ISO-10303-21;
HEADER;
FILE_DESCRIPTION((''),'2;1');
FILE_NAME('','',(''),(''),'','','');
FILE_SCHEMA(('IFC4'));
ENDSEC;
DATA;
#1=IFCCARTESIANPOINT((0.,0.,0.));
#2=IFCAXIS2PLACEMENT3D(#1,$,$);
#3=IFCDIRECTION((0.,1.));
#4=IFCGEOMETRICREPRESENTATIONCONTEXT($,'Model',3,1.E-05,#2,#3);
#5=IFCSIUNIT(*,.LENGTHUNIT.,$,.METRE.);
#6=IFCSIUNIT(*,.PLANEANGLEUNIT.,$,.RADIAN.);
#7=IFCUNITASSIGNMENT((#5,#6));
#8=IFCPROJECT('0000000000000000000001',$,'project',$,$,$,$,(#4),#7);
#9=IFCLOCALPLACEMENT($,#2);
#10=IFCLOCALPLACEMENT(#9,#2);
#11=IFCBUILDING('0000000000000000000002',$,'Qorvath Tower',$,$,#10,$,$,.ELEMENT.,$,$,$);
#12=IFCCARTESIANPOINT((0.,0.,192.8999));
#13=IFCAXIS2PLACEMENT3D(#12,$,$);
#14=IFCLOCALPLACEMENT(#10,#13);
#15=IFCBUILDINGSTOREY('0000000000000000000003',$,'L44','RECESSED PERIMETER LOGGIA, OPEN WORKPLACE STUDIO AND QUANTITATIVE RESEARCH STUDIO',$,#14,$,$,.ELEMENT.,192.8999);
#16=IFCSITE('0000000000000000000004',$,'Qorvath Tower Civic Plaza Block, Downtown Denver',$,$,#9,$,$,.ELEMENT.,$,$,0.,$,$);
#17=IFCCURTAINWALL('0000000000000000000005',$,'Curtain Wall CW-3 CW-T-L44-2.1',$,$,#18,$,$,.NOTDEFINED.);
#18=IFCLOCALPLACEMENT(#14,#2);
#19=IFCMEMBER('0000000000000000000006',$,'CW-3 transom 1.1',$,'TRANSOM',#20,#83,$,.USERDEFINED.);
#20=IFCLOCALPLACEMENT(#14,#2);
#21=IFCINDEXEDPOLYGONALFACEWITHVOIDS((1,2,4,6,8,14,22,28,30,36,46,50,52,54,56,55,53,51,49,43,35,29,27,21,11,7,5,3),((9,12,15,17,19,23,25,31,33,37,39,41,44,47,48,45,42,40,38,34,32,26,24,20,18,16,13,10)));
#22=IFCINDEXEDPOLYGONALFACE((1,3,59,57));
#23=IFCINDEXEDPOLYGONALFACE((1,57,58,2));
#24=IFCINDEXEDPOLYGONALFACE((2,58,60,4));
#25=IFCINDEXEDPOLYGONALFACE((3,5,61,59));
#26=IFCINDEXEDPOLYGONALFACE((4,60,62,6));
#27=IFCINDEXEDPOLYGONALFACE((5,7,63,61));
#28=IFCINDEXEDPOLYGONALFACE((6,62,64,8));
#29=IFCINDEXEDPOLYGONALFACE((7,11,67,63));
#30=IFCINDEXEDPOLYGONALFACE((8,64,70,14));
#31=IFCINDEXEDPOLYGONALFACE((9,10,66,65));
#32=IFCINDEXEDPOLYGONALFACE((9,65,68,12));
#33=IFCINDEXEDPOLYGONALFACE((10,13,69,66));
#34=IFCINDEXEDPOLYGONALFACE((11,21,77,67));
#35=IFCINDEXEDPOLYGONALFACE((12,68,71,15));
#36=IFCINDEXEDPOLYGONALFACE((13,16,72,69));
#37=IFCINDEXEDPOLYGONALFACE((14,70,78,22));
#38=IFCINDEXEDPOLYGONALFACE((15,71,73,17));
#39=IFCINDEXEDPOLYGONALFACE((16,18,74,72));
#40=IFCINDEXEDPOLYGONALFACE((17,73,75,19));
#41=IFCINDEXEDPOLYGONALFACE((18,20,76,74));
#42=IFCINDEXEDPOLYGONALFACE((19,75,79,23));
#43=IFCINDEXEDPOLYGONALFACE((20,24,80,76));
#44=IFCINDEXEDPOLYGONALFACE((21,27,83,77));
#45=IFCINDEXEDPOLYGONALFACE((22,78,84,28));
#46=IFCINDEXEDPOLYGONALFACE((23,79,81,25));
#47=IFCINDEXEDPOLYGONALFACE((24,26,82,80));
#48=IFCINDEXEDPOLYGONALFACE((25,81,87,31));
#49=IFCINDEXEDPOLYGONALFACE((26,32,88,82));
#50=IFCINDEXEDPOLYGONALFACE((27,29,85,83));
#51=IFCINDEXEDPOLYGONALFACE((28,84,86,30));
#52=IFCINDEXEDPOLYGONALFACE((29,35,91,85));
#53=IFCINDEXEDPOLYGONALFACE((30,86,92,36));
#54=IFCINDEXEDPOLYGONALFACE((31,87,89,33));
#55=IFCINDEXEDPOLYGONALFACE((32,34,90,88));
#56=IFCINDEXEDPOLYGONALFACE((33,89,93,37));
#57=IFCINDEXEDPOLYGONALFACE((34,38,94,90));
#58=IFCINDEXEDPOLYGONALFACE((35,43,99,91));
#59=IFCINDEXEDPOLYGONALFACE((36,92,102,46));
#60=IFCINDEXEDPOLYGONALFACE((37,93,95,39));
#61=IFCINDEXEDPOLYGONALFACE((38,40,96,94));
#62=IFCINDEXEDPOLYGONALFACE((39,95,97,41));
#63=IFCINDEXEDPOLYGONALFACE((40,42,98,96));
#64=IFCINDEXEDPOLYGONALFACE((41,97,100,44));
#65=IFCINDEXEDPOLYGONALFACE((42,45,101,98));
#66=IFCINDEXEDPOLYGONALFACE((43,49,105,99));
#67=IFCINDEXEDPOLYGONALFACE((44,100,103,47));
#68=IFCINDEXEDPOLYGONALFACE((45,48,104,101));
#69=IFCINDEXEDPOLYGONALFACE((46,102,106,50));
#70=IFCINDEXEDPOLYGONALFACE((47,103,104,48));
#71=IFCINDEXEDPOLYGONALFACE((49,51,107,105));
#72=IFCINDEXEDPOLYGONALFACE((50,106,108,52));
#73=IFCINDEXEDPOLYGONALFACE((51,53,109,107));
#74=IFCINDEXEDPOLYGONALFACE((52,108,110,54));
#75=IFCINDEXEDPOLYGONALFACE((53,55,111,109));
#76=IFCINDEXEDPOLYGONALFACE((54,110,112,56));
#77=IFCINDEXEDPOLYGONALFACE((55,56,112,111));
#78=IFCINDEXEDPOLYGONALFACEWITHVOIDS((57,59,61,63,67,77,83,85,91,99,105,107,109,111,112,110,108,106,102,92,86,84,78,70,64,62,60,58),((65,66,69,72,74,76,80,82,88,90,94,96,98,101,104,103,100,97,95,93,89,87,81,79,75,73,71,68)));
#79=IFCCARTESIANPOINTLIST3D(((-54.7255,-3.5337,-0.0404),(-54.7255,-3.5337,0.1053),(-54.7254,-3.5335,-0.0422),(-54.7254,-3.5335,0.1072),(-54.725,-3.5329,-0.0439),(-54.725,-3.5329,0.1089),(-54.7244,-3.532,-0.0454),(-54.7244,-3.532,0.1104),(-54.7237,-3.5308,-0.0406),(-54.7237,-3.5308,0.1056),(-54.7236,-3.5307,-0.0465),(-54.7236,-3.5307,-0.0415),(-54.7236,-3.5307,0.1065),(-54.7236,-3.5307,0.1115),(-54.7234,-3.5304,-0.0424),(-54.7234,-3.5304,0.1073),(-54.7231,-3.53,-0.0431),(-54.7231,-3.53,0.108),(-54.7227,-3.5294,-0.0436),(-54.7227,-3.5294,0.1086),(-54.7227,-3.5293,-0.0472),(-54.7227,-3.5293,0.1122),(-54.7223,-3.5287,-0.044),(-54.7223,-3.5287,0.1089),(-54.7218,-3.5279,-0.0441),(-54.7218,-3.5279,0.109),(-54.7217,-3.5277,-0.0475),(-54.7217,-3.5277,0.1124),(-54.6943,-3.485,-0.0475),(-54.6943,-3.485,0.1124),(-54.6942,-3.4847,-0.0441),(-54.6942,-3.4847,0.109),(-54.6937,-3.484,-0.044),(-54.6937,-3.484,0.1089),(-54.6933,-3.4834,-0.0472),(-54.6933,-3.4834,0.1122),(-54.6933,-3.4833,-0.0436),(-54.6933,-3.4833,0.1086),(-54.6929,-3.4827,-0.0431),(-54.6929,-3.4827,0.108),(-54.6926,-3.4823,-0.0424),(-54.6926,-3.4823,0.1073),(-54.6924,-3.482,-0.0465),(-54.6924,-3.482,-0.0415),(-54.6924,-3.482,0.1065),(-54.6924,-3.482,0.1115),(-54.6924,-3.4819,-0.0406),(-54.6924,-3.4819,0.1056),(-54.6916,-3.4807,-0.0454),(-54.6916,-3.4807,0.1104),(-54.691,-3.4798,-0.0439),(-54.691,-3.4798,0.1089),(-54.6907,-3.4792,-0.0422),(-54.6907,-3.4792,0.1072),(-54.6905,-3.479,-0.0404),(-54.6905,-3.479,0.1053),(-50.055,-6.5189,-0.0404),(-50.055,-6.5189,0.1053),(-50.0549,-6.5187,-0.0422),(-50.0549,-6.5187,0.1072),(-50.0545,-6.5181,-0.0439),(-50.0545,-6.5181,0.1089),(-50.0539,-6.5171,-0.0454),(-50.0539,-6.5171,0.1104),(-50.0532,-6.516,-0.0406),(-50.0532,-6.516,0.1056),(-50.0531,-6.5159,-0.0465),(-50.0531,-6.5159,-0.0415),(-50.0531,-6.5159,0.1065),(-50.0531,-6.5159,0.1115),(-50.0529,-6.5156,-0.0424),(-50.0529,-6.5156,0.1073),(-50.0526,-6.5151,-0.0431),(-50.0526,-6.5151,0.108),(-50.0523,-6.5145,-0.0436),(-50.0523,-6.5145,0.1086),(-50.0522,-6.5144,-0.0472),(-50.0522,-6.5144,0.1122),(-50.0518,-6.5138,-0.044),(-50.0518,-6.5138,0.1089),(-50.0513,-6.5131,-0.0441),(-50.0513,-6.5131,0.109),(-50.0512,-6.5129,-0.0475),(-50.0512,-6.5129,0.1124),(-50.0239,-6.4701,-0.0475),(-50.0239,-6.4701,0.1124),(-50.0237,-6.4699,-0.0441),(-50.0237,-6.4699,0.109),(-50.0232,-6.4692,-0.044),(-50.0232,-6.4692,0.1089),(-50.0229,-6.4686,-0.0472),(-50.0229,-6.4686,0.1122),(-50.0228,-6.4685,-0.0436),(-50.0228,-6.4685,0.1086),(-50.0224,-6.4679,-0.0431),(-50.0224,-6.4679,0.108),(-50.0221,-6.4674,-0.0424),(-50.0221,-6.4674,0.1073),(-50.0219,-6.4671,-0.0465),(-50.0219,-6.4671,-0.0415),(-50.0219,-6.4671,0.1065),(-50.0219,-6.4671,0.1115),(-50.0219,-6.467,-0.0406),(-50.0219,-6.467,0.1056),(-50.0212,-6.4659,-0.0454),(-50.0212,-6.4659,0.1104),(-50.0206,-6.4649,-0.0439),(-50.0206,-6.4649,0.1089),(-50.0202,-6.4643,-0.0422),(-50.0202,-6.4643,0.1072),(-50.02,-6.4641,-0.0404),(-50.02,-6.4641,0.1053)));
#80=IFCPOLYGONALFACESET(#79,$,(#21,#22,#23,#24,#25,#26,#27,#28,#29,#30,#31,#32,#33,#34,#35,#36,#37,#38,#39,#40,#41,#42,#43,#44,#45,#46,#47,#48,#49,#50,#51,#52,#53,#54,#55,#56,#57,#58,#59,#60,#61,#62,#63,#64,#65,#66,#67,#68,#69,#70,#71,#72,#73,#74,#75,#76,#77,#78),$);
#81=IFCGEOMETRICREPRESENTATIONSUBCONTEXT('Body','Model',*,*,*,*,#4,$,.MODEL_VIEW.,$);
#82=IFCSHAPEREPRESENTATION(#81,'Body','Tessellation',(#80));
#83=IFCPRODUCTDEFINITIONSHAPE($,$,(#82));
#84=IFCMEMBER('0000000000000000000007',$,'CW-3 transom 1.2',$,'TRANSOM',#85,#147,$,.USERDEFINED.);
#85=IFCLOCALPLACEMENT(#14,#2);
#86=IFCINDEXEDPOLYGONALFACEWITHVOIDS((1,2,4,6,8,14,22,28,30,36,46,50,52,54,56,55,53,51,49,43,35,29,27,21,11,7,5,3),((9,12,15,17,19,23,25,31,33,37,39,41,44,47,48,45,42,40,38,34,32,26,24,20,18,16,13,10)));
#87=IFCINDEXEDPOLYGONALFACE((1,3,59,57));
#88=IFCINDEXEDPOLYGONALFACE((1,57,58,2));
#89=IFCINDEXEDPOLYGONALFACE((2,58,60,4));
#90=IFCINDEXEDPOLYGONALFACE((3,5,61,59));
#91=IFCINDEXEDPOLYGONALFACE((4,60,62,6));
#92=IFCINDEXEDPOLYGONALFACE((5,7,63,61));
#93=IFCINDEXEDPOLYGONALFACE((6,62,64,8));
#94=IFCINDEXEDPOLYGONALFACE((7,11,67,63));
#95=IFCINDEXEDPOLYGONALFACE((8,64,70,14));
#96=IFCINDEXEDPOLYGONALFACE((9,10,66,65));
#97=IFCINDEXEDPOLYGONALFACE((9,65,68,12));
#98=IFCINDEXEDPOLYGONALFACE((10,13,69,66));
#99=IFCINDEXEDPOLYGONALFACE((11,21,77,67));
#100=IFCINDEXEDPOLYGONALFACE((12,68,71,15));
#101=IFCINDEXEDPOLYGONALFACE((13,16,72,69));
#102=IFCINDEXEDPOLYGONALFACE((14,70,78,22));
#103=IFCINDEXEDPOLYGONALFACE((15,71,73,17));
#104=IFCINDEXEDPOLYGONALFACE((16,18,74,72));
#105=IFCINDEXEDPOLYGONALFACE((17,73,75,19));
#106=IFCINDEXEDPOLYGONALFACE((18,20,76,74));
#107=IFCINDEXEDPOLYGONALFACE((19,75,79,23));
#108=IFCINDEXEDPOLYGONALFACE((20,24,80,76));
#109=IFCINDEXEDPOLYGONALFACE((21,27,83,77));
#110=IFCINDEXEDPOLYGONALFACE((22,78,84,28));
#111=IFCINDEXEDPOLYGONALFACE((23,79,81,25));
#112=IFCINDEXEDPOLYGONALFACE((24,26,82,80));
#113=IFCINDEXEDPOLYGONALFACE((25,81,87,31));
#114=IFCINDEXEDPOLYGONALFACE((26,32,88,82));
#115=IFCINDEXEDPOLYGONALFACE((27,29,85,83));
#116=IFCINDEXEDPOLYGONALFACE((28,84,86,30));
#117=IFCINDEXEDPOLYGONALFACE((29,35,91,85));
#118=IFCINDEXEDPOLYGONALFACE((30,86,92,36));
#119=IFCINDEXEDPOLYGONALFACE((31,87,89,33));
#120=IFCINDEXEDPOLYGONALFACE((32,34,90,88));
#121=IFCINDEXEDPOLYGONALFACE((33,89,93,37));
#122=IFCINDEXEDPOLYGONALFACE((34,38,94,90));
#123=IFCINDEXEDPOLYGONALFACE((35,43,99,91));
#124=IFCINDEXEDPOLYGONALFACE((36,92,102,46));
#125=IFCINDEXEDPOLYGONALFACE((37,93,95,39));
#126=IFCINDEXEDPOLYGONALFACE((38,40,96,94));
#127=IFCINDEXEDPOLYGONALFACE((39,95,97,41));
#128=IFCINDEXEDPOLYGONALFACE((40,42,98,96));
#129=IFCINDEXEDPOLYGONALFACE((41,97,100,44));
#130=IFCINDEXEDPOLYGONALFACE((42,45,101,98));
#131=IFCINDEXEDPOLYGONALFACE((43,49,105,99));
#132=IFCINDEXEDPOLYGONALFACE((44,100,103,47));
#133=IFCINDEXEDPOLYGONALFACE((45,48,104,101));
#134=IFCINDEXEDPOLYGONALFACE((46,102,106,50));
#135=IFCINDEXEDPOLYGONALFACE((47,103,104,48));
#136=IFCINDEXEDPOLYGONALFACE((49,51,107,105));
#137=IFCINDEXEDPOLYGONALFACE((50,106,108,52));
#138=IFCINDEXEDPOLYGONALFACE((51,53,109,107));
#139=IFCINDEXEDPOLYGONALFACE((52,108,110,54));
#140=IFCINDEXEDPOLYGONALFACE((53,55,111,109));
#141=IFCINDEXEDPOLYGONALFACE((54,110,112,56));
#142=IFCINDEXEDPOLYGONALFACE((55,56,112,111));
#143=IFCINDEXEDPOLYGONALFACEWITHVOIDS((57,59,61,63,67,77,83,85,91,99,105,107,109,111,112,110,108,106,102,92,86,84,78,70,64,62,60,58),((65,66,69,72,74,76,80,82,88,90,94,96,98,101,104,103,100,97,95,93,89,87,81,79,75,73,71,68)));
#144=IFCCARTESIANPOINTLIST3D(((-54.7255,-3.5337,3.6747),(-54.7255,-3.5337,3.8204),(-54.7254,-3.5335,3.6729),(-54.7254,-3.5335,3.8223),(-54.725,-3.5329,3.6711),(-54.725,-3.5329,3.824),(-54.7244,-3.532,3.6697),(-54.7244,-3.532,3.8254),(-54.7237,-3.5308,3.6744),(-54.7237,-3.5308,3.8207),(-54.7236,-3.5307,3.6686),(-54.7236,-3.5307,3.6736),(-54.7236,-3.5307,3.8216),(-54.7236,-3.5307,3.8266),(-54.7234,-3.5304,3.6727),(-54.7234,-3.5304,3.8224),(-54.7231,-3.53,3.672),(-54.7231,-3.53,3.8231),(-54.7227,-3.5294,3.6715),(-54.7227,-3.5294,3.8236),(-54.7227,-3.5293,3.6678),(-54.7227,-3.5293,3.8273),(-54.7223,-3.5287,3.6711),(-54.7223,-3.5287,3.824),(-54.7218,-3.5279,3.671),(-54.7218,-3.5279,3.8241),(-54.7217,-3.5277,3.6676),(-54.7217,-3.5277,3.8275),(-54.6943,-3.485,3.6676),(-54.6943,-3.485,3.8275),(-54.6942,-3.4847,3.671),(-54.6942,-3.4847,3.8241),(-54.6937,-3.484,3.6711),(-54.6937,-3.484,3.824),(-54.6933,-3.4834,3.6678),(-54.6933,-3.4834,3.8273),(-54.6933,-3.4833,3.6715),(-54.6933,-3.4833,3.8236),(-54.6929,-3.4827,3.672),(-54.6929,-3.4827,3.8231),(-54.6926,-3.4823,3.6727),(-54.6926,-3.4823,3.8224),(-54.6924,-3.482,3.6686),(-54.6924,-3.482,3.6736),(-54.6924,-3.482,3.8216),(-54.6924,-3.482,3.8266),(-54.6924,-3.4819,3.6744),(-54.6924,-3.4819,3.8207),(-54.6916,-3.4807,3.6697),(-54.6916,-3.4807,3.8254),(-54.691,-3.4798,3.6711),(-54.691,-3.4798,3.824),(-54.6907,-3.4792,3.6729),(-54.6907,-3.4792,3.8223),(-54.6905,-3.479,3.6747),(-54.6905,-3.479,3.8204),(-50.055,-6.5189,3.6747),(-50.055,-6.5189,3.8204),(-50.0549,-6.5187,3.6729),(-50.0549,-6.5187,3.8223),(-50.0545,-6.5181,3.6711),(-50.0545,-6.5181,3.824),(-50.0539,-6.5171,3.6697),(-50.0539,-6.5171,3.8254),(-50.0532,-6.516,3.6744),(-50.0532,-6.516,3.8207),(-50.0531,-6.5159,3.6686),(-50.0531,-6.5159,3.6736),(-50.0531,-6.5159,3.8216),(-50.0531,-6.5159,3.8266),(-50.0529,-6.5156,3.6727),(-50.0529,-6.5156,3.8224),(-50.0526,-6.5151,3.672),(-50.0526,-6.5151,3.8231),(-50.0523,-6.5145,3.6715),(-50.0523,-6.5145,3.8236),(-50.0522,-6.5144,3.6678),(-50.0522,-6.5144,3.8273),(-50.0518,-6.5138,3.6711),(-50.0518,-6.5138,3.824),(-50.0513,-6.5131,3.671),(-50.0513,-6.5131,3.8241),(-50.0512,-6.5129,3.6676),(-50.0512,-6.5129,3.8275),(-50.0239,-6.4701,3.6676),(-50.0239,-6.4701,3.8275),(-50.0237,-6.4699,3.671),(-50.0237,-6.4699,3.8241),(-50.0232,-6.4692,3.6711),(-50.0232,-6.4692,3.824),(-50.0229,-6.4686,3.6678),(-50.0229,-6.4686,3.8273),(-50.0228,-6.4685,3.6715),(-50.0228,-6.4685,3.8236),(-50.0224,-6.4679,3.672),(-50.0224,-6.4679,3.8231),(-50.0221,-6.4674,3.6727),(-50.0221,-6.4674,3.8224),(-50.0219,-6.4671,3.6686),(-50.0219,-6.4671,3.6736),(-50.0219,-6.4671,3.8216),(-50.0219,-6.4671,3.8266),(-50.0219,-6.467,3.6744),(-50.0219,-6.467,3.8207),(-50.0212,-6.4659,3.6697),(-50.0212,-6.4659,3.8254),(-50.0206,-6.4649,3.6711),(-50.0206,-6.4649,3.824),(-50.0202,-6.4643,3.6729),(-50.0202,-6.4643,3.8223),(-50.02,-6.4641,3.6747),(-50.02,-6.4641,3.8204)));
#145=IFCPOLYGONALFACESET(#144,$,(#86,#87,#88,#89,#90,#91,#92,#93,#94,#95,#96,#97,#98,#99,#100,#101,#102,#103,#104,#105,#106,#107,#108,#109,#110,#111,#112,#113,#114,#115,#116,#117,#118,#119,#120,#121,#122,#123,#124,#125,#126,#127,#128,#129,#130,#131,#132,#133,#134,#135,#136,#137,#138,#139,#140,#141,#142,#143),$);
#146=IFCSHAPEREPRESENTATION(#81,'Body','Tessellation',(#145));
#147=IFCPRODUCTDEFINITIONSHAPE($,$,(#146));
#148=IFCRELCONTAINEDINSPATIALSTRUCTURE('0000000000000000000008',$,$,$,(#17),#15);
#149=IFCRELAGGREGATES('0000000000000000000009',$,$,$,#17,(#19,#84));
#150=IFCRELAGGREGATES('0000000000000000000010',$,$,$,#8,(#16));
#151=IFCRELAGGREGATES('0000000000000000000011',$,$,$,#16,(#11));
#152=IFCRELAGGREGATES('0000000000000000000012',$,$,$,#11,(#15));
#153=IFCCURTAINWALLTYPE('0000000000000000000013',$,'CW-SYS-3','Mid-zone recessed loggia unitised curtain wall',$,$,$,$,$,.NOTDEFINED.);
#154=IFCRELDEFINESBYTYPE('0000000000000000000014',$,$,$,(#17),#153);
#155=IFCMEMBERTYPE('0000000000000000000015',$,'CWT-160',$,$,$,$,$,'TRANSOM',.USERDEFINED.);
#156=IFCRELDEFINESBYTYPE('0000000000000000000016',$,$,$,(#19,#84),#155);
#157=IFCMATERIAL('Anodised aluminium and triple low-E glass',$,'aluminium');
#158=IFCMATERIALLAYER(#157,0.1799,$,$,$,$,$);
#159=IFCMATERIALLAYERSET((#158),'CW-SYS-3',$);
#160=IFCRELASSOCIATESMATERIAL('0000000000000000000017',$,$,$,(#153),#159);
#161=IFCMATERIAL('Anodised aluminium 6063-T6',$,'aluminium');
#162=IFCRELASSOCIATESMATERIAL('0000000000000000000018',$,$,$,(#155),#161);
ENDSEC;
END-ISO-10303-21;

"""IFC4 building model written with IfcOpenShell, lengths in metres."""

from ifc_helpers import new_model, si_unit, direction, frame, origin, origin_2d, place, context, subcontext, project, spatial, hollow_rectangle, extrude, material, layer, layer_set, material_profile, profile_set, type_object, element, aggregate, save


model = new_model("IFC4")

# Units and contexts
model_context = context("Model", 3, precision=1e-05, world=origin(), true_north=direction((0.0, 1.0)))
body_context = subcontext(model_context, "Body", "Model", "MODEL_VIEW")
ifc_project = project(units=[si_unit("LENGTHUNIT", "METRE"), si_unit("PLANEANGLEUNIT", "RADIAN")], contexts=[model_context])

# Site, building, storey
site_placement = place(None, origin())
site = spatial("IfcSite", under=ifc_project, at=site_placement, Name="Qorvath Tower Civic Plaza Block, Downtown Denver", CompositionType="ELEMENT", RefElevation=0.0)
building_placement = place(site_placement, origin())
building = spatial("IfcBuilding", under=site, at=building_placement, Name="Qorvath Tower", CompositionType="ELEMENT")
storey_placement = place(building_placement, frame((0.0, 0.0, 192.8999)))
storey = spatial("IfcBuildingStorey", under=building, at=storey_placement, Name="L44", Description="RECESSED PERIMETER LOGGIA, OPEN WORKPLACE STUDIO AND QUANTITATIVE RESEARCH STUDIO", CompositionType="ELEMENT", Elevation=192.8999)

# Curtain wall, members
ifc_material_1 = material(Name="Anodised aluminium and triple low-E glass", Category="aluminium")
ifc_layer_1 = layer(ifc_material_1, 0.1799)
ifc_layer_set_1 = layer_set([ifc_layer_1], Name="CW-SYS-3")
curtain_wall_type = type_object("IfcCurtainWallType", Name="CW-SYS-3", Description="Mid-zone recessed loggia unitised curtain wall", PredefinedType="NOTDEFINED", material=ifc_layer_set_1)
curtain_wall_placement = place(storey_placement, origin())
curtain_wall = element("IfcCurtainWall", 1, at=curtain_wall_placement, inside=storey, type_object=curtain_wall_type, Name="Curtain Wall CW-3 CW-T-L44-2.1", PredefinedType="NOTDEFINED")
ifc_material_2 = material(Name="Anodised aluminium 6063-T6", Category="aluminium")
ifc_material_profile_1 = material_profile(ifc_material_2, hollow_rectangle(XDim=0.0649, YDim=0.1599, WallThickness=0.0034, InnerFilletRadius=0.0034, OuterFilletRadius=0.0071, at=origin_2d()), Name="CWT 160x65")
ifc_profile_set_1 = profile_set([ifc_material_profile_1], Name="Anodised aluminium 6063-T6")
member_type_1 = type_object("IfcMemberType", Name="CWT-160", ElementType="TRANSOM", PredefinedType="USERDEFINED", material=ifc_profile_set_1)
member_1_placement = place(storey_placement, frame((-54.708, -3.5063, 0.0325), z_axis=(0.842595, -0.538547, 0.0), x_axis=(0.538547, 0.842595, 0.0)))
member_1 = element("IfcMember", 2, at=member_1_placement, type_object=member_type_1, Name="CW-3 transom 1.1", ObjectType="TRANSOM", PredefinedType="USERDEFINED", context=body_context, shape_type="SweptSolid", body=[
    extrude(hollow_rectangle(XDim=0.0649, YDim=0.1599, WallThickness=0.0034, InnerFilletRadius=0.0034, OuterFilletRadius=0.0071, at=origin_2d()), origin(), (0.0, 0.0, 1.0), 5.543),
])
member_2_placement = place(storey_placement, frame((-54.708, -3.5063, 3.7476), z_axis=(0.842595, -0.538547, 0.0), x_axis=(0.538547, 0.842595, 0.0)))
member_2 = element("IfcMember", 3, at=member_2_placement, type_object=member_type_1, Name="CW-3 transom 1.2", ObjectType="TRANSOM", PredefinedType="USERDEFINED", context=body_context, shape_type="SweptSolid", body=[
    extrude(hollow_rectangle(XDim=0.0649, YDim=0.1599, WallThickness=0.0034, InnerFilletRadius=0.0034, OuterFilletRadius=0.0071, at=origin_2d()), origin(), (0.0, 0.0, 1.0), 5.543),
])
aggregate(curtain_wall, [member_1, member_2])

save(model, "model.ifc")
